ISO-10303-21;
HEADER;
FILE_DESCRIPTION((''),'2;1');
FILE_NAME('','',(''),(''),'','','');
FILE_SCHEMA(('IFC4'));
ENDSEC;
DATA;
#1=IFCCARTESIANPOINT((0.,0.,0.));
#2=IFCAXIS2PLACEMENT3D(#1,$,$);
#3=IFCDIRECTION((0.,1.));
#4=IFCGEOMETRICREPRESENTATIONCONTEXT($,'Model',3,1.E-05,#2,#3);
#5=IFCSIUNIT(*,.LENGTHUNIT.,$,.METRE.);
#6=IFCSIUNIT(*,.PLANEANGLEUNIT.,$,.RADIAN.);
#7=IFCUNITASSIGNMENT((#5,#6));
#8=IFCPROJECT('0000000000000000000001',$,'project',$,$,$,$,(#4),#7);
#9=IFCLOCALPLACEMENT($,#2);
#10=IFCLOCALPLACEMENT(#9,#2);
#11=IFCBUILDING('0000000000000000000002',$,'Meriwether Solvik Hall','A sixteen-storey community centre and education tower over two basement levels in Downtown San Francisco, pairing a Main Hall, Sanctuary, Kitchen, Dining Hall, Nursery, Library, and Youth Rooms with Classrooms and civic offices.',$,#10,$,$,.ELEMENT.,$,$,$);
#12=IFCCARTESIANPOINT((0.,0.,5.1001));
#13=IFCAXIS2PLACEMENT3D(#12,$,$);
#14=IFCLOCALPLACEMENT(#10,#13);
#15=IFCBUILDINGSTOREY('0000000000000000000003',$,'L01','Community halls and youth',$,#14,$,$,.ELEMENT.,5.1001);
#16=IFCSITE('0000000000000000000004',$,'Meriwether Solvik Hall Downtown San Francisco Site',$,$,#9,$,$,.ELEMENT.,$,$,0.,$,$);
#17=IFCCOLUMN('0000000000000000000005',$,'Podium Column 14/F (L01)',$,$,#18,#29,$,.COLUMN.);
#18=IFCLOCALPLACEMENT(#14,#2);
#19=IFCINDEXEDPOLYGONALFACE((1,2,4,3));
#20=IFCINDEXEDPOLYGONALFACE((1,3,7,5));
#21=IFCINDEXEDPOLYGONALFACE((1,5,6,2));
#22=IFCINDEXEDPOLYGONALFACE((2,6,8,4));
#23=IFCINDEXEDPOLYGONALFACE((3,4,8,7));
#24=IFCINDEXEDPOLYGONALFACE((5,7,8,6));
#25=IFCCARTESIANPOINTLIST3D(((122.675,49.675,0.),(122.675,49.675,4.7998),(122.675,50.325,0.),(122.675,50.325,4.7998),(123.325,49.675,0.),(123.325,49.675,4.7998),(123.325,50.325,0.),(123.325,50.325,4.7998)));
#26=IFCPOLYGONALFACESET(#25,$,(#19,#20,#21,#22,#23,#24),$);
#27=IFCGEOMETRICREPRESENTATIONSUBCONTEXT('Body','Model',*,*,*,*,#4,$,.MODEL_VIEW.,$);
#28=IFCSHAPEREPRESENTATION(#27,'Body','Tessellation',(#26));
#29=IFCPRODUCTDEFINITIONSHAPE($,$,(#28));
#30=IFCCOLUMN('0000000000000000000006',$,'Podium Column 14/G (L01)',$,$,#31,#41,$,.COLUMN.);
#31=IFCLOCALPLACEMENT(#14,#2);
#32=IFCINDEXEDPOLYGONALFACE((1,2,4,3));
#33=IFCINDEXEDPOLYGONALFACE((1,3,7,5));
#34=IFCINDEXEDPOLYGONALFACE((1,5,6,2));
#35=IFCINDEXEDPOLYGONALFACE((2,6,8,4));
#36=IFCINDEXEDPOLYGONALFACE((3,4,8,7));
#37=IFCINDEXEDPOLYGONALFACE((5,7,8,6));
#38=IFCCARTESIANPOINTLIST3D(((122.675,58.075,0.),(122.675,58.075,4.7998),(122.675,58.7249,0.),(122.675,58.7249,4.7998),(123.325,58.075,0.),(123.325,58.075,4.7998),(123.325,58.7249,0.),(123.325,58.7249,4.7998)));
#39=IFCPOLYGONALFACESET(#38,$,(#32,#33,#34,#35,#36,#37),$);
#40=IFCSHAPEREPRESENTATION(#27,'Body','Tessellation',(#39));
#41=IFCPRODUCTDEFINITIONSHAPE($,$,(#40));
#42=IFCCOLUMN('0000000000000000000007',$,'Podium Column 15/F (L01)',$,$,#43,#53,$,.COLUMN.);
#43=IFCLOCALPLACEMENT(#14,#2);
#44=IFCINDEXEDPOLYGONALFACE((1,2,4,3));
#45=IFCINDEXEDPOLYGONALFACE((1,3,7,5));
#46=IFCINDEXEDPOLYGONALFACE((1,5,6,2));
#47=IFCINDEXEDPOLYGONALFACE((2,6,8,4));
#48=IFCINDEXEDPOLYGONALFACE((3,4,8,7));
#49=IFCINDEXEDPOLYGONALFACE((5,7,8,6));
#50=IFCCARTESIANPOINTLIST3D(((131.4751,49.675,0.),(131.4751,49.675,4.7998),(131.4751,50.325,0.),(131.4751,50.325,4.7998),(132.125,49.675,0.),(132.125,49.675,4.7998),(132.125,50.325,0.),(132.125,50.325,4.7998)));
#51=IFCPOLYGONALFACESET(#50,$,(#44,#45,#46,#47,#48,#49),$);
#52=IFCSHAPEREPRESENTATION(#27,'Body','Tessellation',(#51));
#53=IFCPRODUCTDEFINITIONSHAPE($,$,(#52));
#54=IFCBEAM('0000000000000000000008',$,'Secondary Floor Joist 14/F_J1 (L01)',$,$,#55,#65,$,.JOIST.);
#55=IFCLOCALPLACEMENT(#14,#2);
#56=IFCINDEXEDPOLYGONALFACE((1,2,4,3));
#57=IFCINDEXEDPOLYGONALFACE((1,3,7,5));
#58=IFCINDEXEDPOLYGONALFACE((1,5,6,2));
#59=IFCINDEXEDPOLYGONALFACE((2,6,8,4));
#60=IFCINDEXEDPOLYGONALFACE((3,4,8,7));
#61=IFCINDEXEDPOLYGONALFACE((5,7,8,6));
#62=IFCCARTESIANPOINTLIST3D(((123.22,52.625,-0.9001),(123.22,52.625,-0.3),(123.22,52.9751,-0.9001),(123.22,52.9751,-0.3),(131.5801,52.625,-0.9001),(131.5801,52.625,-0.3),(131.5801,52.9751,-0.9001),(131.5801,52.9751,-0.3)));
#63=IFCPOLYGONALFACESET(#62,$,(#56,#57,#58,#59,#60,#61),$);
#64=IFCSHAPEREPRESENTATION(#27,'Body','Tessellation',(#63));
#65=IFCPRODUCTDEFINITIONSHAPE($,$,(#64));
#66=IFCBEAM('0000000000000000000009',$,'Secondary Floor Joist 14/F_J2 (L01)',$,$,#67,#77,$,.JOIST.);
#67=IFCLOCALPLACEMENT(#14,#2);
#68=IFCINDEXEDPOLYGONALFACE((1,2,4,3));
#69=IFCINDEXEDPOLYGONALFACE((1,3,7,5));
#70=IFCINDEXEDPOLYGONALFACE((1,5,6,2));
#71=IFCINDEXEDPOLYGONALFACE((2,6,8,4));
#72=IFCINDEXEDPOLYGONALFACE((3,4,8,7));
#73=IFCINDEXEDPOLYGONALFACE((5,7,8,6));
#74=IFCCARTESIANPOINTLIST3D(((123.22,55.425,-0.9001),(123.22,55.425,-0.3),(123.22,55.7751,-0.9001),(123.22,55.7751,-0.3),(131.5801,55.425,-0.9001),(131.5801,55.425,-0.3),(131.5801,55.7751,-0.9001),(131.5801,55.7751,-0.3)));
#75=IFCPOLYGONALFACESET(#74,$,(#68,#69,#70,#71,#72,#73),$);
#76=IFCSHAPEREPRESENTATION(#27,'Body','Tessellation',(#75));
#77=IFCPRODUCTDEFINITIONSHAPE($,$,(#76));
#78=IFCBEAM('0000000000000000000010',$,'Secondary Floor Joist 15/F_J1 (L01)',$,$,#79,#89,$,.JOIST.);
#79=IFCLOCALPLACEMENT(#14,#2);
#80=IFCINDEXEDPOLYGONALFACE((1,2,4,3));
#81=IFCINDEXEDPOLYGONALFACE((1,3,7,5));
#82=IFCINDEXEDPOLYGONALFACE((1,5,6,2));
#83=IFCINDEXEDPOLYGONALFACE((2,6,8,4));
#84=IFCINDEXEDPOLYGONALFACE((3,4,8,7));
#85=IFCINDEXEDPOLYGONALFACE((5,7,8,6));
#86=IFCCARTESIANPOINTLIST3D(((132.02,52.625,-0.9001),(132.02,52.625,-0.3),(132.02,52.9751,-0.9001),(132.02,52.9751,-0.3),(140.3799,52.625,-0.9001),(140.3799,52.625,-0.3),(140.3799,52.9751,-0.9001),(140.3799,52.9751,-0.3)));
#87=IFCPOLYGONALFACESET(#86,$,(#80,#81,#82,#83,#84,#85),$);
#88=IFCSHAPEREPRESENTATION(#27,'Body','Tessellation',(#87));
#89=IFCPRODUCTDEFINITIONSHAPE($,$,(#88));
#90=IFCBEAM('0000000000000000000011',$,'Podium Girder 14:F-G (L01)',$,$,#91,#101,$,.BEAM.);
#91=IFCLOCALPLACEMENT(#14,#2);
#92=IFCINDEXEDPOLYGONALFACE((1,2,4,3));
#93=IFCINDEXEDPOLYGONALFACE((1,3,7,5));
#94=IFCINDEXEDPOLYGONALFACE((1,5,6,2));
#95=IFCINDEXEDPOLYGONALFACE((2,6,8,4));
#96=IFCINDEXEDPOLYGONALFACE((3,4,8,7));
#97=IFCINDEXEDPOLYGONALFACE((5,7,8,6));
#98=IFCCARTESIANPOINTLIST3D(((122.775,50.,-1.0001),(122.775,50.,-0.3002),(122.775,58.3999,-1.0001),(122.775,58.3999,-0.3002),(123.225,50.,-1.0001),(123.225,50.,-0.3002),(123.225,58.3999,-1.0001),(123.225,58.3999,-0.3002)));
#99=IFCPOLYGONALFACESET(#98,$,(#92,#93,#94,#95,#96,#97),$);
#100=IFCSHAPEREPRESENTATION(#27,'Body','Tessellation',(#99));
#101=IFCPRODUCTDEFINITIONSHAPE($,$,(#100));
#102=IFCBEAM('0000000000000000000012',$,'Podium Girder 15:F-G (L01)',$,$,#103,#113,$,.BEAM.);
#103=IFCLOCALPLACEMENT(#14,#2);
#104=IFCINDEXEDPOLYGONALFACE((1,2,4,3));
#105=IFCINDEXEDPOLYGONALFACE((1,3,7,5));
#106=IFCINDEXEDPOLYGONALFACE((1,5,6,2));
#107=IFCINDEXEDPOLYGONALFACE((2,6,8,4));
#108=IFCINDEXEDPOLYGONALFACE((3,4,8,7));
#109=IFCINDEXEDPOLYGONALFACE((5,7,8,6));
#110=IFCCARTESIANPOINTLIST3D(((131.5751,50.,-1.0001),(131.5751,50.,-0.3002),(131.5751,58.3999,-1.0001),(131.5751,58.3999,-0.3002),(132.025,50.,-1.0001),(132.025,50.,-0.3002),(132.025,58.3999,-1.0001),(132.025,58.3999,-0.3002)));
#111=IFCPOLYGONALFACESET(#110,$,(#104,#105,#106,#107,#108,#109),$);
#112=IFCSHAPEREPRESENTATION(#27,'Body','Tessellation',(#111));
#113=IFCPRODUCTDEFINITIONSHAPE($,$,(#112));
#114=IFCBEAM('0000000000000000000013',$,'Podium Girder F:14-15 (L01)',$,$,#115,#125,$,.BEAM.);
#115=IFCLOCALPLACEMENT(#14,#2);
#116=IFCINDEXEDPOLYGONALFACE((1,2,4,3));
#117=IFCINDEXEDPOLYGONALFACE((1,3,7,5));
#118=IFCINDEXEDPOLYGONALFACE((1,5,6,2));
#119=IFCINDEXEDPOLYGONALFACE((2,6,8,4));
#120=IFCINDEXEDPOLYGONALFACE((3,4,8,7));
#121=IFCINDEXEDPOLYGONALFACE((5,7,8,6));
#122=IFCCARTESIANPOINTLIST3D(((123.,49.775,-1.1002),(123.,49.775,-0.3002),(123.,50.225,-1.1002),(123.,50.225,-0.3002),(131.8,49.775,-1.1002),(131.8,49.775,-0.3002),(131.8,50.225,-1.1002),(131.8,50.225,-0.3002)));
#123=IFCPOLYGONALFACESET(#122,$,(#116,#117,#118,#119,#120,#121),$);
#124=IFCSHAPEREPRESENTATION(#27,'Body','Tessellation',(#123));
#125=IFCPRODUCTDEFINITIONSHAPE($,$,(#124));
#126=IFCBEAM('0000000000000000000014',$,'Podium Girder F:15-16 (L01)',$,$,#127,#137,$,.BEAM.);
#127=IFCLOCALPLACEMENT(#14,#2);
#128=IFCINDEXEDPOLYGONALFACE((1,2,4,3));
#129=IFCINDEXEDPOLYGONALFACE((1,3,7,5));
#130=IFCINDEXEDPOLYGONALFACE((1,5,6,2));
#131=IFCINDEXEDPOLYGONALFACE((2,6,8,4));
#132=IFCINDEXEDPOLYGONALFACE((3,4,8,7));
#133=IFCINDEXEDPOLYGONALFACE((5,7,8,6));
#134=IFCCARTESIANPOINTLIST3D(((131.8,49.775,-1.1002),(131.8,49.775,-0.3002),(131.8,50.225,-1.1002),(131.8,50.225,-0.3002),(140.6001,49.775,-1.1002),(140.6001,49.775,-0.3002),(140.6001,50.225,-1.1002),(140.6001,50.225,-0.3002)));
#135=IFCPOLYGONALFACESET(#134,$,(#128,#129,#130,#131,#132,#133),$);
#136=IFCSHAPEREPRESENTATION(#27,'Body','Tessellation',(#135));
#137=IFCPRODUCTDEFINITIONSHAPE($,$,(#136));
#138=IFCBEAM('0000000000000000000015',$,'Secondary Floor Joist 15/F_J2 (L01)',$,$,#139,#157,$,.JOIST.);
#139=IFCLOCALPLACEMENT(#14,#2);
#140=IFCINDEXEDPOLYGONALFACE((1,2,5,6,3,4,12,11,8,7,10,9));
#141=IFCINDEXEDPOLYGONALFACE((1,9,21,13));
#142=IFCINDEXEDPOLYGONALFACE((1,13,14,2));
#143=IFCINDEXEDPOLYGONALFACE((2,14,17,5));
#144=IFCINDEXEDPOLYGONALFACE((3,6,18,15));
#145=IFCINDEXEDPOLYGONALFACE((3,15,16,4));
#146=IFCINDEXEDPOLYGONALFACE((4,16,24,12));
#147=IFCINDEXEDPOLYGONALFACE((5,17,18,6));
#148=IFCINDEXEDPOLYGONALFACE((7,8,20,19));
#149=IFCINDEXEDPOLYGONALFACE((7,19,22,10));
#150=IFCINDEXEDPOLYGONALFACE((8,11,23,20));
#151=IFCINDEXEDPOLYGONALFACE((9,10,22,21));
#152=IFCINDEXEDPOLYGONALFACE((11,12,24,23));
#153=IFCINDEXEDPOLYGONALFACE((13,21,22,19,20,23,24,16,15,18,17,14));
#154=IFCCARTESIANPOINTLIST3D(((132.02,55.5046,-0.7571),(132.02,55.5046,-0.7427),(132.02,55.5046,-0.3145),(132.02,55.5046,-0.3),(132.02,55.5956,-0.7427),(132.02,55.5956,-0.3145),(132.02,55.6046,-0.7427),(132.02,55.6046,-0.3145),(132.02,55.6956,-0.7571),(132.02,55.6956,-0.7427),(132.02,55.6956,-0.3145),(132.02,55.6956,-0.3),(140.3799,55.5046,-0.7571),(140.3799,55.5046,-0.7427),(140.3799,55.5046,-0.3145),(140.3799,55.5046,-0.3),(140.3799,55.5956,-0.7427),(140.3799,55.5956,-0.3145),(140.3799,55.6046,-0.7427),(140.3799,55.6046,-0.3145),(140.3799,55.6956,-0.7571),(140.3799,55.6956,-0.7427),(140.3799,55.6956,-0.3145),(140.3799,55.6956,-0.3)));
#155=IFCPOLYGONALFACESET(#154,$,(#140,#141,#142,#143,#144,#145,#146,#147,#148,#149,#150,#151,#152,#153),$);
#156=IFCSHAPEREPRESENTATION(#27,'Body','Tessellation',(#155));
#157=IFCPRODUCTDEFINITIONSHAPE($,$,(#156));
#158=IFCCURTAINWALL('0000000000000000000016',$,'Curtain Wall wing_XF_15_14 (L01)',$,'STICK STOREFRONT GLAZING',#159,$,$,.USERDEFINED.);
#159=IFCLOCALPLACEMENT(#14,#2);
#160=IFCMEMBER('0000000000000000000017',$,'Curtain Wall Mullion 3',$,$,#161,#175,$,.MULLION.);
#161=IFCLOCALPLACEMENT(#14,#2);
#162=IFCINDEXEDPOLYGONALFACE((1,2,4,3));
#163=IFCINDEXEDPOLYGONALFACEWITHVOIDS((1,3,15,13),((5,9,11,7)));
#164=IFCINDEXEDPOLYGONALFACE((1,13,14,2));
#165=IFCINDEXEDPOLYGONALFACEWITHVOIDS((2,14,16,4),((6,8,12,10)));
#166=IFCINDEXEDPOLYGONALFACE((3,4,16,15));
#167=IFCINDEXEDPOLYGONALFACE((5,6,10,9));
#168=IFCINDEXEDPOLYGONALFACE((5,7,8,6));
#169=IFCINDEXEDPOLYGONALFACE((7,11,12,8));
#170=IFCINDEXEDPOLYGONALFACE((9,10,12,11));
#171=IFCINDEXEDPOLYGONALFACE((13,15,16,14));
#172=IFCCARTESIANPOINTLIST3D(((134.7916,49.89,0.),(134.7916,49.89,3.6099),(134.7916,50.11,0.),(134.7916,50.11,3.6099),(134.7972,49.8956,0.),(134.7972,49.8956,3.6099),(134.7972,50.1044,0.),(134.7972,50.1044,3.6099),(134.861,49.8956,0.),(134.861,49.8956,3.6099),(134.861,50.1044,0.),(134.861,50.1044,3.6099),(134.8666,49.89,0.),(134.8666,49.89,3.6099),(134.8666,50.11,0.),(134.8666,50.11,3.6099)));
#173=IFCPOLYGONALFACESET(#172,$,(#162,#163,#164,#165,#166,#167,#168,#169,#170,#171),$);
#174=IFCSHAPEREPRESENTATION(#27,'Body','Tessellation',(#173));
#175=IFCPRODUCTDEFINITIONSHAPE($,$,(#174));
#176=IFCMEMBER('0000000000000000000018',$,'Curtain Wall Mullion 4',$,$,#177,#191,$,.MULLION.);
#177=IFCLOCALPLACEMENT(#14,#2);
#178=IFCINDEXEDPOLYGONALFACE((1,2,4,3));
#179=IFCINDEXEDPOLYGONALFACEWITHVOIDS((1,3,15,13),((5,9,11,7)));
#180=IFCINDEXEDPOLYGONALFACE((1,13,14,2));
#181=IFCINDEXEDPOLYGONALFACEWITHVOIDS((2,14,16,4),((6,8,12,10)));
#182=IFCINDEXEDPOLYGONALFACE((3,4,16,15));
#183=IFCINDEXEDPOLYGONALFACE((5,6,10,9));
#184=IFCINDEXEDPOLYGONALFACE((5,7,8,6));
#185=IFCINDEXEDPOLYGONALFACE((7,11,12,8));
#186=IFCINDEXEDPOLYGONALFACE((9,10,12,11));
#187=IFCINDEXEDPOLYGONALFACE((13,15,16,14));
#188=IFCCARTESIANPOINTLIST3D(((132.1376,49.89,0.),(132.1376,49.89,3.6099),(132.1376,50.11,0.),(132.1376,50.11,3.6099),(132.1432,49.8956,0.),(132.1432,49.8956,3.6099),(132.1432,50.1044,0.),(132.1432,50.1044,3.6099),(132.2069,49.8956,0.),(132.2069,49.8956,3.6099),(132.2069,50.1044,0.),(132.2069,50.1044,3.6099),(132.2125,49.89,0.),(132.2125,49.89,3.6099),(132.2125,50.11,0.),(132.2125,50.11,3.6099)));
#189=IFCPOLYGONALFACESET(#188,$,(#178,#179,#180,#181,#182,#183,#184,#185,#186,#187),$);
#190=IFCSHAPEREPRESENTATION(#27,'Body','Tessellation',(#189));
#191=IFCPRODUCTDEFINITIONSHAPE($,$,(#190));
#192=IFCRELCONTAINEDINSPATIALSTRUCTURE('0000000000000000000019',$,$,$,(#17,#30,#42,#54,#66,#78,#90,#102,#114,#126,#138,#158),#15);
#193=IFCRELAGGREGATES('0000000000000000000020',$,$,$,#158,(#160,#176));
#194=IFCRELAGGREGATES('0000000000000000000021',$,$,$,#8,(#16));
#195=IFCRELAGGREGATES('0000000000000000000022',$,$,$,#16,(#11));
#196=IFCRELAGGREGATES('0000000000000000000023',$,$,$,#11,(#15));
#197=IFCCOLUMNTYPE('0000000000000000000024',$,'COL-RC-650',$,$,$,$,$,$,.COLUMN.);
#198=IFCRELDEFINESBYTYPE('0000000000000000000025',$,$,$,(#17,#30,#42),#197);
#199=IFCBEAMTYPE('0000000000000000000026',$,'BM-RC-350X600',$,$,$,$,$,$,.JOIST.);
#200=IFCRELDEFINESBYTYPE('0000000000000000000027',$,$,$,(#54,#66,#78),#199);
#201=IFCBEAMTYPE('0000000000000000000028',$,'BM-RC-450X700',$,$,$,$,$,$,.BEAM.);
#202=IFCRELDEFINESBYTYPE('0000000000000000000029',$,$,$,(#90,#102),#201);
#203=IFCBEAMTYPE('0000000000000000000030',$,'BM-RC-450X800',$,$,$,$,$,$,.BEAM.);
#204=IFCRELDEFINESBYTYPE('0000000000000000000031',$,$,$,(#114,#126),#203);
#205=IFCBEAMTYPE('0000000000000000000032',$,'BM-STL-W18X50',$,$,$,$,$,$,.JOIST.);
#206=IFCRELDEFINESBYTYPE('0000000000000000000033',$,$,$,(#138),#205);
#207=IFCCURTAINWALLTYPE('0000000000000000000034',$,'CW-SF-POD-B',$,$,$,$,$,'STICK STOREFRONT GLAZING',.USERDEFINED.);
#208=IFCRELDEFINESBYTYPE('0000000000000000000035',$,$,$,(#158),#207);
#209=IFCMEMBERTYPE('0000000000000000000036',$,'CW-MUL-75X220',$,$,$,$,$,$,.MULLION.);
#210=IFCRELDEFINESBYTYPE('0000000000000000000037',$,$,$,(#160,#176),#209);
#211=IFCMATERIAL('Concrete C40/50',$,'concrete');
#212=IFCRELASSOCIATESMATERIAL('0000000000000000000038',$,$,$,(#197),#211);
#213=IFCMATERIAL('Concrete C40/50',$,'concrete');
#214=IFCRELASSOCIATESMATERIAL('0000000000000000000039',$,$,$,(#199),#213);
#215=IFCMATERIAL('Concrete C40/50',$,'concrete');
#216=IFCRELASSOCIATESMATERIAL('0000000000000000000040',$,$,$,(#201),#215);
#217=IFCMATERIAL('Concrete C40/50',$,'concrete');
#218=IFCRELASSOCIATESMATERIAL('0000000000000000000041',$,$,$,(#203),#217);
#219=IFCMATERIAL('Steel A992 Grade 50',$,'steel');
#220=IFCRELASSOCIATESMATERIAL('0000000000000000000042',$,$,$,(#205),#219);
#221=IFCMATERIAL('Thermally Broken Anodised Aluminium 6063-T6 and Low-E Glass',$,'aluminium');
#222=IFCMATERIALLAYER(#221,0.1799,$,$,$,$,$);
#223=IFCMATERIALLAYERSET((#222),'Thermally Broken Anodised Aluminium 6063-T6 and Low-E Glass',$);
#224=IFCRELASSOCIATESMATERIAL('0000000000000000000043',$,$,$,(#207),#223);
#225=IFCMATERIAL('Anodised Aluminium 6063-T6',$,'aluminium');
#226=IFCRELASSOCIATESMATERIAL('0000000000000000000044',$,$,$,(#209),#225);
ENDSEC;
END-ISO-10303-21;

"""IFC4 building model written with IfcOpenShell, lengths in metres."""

from ifc_helpers import new_model, si_unit, direction, frame, origin, origin_2d, place, context, subcontext, project, spatial, rectangle, hollow_rectangle, i_section, extrude, material, layer, layer_set, material_profile, profile_set, type_object, element, aggregate, save


model = new_model("IFC4")

# Units and contexts
model_context = context("Model", 3, precision=1e-05, world=origin(), true_north=direction((0.0, 1.0)))
body_context = subcontext(model_context, "Body", "Model", "MODEL_VIEW")
ifc_project = project(units=[si_unit("LENGTHUNIT", "METRE"), si_unit("PLANEANGLEUNIT", "RADIAN")], contexts=[model_context])

# Site, building, storey
site_placement = place(None, origin())
site = spatial("IfcSite", under=ifc_project, at=site_placement, Name="Meriwether Solvik Hall Downtown San Francisco Site", CompositionType="ELEMENT", RefElevation=0.0)
building_placement = place(site_placement, origin())
building = spatial("IfcBuilding", under=site, at=building_placement, Name="Meriwether Solvik Hall", Description="A sixteen-storey community centre and education tower over two basement levels in Downtown San Francisco, pairing a Main Hall, Sanctuary, Kitchen, Dining Hall, Nursery, Library, and Youth Rooms with Classrooms and civic offices.", CompositionType="ELEMENT")
storey_placement = place(building_placement, frame((0.0, 0.0, 5.1001)))
storey = spatial("IfcBuildingStorey", under=building, at=storey_placement, Name="L01", Description="Community halls and youth", CompositionType="ELEMENT", Elevation=5.1001)

# Columns
ifc_material_1 = material(Name="Concrete C40/50", Category="concrete")
ifc_material_profile_1 = material_profile(ifc_material_1, rectangle(XDim=0.6499, YDim=0.6499, at=origin_2d()), Name="RCC-650X650")
ifc_profile_set_1 = profile_set([ifc_material_profile_1], Name="Concrete C40/50")
column_type = type_object("IfcColumnType", Name="COL-RC-650", PredefinedType="COLUMN", material=ifc_profile_set_1)
for number, where, z_axis, x_axis, name in (
    (1, (123.0, 50.0, 0.0), (0.0, 0.0, 1.0), (1.0, 0.0, 0.0), "Podium Column 14/F (L01)"),
    (2, (123.0, 58.3999, 0.0), (0.0, 0.0, 1.0), (1.0, 0.0, 0.0), "Podium Column 14/G (L01)"),
    (3, (131.8, 50.0, 0.0), (0.0, 0.0, 1.0), (1.0, 0.0, 0.0), "Podium Column 15/F (L01)"),
):
    element("IfcColumn", number, at=place(storey_placement, frame(where, z_axis=z_axis, x_axis=x_axis)), inside=storey, type_object=column_type, Name=name, PredefinedType="COLUMN", context=body_context, shape_type="SweptSolid", body=[
        extrude(rectangle(XDim=0.6499, YDim=0.6499, at=origin_2d()), origin(), (0.0, 0.0, 1.0), 4.7998),
    ])

# Beams
ifc_material_2 = material(Name="Concrete C40/50", Category="concrete")
ifc_material_profile_2 = material_profile(ifc_material_2, rectangle(XDim=0.3501, YDim=0.6001, at=origin_2d()), Name="RCB-350X600")
ifc_profile_set_2 = profile_set([ifc_material_profile_2], Name="Concrete C40/50")
beam_type_1 = type_object("IfcBeamType", Name="BM-RC-350X600", PredefinedType="JOIST", material=ifc_profile_set_2)
for number, where, z_axis, x_axis, name in (
    (4, (123.22, 52.8, -0.6001), (1.0, 0.0, 0.0), (0.0, 1.0, 0.0), "Secondary Floor Joist 14/F_J1 (L01)"),
    (5, (123.22, 55.6001, -0.6001), (1.0, 0.0, 0.0), (0.0, 1.0, 0.0), "Secondary Floor Joist 14/F_J2 (L01)"),
):
    element("IfcBeam", number, at=place(storey_placement, frame(where, z_axis=z_axis, x_axis=x_axis)), inside=storey, type_object=beam_type_1, Name=name, PredefinedType="JOIST", context=body_context, shape_type="SweptSolid", body=[
        extrude(rectangle(XDim=0.3501, YDim=0.6001, at=origin_2d()), origin(), (0.0, 0.0, 1.0), 8.3601),
    ])
beam_1_placement = place(storey_placement, frame((132.02, 52.8, -0.6001), z_axis=(1.0, 0.0, 0.0), x_axis=(0.0, 1.0, 0.0)))
element("IfcBeam", 6, at=beam_1_placement, inside=storey, type_object=beam_type_1, Name="Secondary Floor Joist 15/F_J1 (L01)", PredefinedType="JOIST", context=body_context, shape_type="SweptSolid", body=[
    extrude(rectangle(XDim=0.3501, YDim=0.6001, at=origin_2d()), origin(), (0.0, 0.0, 1.0), 8.3599),
])
ifc_material_3 = material(Name="Concrete C40/50", Category="concrete")
ifc_material_profile_3 = material_profile(ifc_material_3, rectangle(XDim=0.45, YDim=0.7, at=origin_2d()), Name="RCB-450X700")
ifc_profile_set_3 = profile_set([ifc_material_profile_3], Name="Concrete C40/50")
beam_type_2 = type_object("IfcBeamType", Name="BM-RC-450X700", PredefinedType="BEAM", material=ifc_profile_set_3)
for number, where, z_axis, x_axis, name in (
    (7, (123.0, 50.0, -0.6501), (0.0, 1.0, 0.0), (-1.0, 0.0, 0.0), "Podium Girder 14:F-G (L01)"),
    (8, (131.8, 50.0, -0.6501), (0.0, 1.0, 0.0), (-1.0, 0.0, 0.0), "Podium Girder 15:F-G (L01)"),
):
    element("IfcBeam", number, at=place(storey_placement, frame(where, z_axis=z_axis, x_axis=x_axis)), inside=storey, type_object=beam_type_2, Name=name, PredefinedType="BEAM", context=body_context, shape_type="SweptSolid", body=[
        extrude(rectangle(XDim=0.45, YDim=0.7, at=origin_2d()), origin(), (0.0, 0.0, 1.0), 8.3999),
    ])
ifc_material_4 = material(Name="Concrete C40/50", Category="concrete")
ifc_material_profile_4 = material_profile(ifc_material_4, rectangle(XDim=0.45, YDim=0.8, at=origin_2d()), Name="RCB-450X800")
ifc_profile_set_4 = profile_set([ifc_material_profile_4], Name="Concrete C40/50")
beam_type_3 = type_object("IfcBeamType", Name="BM-RC-450X800", PredefinedType="BEAM", material=ifc_profile_set_4)
for number, where, z_axis, x_axis, name in (
    (9, (123.0, 50.0, -0.7002), (1.0, 0.0, 0.0), (0.0, 1.0, 0.0), "Podium Girder F:14-15 (L01)"),
    (10, (131.8, 50.0, -0.7002), (1.0, 0.0, 0.0), (0.0, 1.0, 0.0), "Podium Girder F:15-16 (L01)"),
):
    element("IfcBeam", number, at=place(storey_placement, frame(where, z_axis=z_axis, x_axis=x_axis)), inside=storey, type_object=beam_type_3, Name=name, PredefinedType="BEAM", context=body_context, shape_type="SweptSolid", body=[
        extrude(rectangle(XDim=0.45, YDim=0.8, at=origin_2d()), origin(), (0.0, 0.0, 1.0), 8.8),
    ])
ifc_material_5 = material(Name="Steel A992 Grade 50", Category="steel")
ifc_material_profile_5 = material_profile(ifc_material_5, i_section(OverallWidth=0.1909, OverallDepth=0.457, WebThickness=0.009, FlangeThickness=0.0144, at=origin_2d()), Name="W18X50")
ifc_profile_set_5 = profile_set([ifc_material_profile_5], Name="Steel A992 Grade 50")
beam_type_4 = type_object("IfcBeamType", Name="BM-STL-W18X50", PredefinedType="JOIST", material=ifc_profile_set_5)
beam_2_placement = place(storey_placement, frame((132.02, 55.6001, -0.5286), z_axis=(1.0, 0.0, 0.0), x_axis=(0.0, 1.0, 0.0)))
element("IfcBeam", 11, at=beam_2_placement, inside=storey, type_object=beam_type_4, Name="Secondary Floor Joist 15/F_J2 (L01)", PredefinedType="JOIST", context=body_context, shape_type="SweptSolid", body=[
    extrude(i_section(OverallWidth=0.1909, OverallDepth=0.457, WebThickness=0.009, FlangeThickness=0.0144, at=origin_2d()), origin(), (0.0, 0.0, 1.0), 8.3599),
])

# Curtain wall, members
ifc_material_6 = material(Name="Thermally Broken Anodised Aluminium 6063-T6 and Low-E Glass", Category="aluminium")
ifc_layer_1 = layer(ifc_material_6, 0.1799)
ifc_layer_set_1 = layer_set([ifc_layer_1], Name="Thermally Broken Anodised Aluminium 6063-T6 and Low-E Glass")
curtain_wall_type = type_object("IfcCurtainWallType", Name="CW-SF-POD-B", ElementType="STICK STOREFRONT GLAZING", PredefinedType="USERDEFINED", material=ifc_layer_set_1)
curtain_wall_placement = place(storey_placement, origin())
curtain_wall = element("IfcCurtainWall", 12, at=curtain_wall_placement, inside=storey, type_object=curtain_wall_type, Name="Curtain Wall wing_XF_15_14 (L01)", ObjectType="STICK STOREFRONT GLAZING", PredefinedType="USERDEFINED")
ifc_material_7 = material(Name="Anodised Aluminium 6063-T6", Category="aluminium")
ifc_material_profile_6 = material_profile(ifc_material_7, hollow_rectangle(XDim=0.075, YDim=0.22, WallThickness=0.0056, at=origin_2d()), Name="CWM-75X220")
ifc_profile_set_6 = profile_set([ifc_material_profile_6], Name="Anodised Aluminium 6063-T6")
member_type_1 = type_object("IfcMemberType", Name="CW-MUL-75X220", PredefinedType="MULLION", material=ifc_profile_set_6)
member_1_placement = place(storey_placement, frame((134.8291, 50.0, 0.0), z_axis=(0.0, 0.0, 1.0), x_axis=(-1.0, 0.0, 0.0)))
member_1 = element("IfcMember", 13, at=member_1_placement, type_object=member_type_1, Name="Curtain Wall Mullion 3", PredefinedType="MULLION", context=body_context, shape_type="SweptSolid", body=[
    extrude(hollow_rectangle(XDim=0.075, YDim=0.22, WallThickness=0.0056, at=origin_2d()), origin(), (0.0, 0.0, 1.0), 3.6099),
])
member_2_placement = place(storey_placement, frame((132.175, 50.0, 0.0), z_axis=(0.0, 0.0, 1.0), x_axis=(-1.0, 0.0, 0.0)))
member_2 = element("IfcMember", 14, at=member_2_placement, type_object=member_type_1, Name="Curtain Wall Mullion 4", PredefinedType="MULLION", context=body_context, shape_type="SweptSolid", body=[
    extrude(hollow_rectangle(XDim=0.075, YDim=0.22, WallThickness=0.0056, at=origin_2d()), origin(), (0.0, 0.0, 1.0), 3.6099),
])
aggregate(curtain_wall, [member_1, member_2])

save(model, "model.ifc")
